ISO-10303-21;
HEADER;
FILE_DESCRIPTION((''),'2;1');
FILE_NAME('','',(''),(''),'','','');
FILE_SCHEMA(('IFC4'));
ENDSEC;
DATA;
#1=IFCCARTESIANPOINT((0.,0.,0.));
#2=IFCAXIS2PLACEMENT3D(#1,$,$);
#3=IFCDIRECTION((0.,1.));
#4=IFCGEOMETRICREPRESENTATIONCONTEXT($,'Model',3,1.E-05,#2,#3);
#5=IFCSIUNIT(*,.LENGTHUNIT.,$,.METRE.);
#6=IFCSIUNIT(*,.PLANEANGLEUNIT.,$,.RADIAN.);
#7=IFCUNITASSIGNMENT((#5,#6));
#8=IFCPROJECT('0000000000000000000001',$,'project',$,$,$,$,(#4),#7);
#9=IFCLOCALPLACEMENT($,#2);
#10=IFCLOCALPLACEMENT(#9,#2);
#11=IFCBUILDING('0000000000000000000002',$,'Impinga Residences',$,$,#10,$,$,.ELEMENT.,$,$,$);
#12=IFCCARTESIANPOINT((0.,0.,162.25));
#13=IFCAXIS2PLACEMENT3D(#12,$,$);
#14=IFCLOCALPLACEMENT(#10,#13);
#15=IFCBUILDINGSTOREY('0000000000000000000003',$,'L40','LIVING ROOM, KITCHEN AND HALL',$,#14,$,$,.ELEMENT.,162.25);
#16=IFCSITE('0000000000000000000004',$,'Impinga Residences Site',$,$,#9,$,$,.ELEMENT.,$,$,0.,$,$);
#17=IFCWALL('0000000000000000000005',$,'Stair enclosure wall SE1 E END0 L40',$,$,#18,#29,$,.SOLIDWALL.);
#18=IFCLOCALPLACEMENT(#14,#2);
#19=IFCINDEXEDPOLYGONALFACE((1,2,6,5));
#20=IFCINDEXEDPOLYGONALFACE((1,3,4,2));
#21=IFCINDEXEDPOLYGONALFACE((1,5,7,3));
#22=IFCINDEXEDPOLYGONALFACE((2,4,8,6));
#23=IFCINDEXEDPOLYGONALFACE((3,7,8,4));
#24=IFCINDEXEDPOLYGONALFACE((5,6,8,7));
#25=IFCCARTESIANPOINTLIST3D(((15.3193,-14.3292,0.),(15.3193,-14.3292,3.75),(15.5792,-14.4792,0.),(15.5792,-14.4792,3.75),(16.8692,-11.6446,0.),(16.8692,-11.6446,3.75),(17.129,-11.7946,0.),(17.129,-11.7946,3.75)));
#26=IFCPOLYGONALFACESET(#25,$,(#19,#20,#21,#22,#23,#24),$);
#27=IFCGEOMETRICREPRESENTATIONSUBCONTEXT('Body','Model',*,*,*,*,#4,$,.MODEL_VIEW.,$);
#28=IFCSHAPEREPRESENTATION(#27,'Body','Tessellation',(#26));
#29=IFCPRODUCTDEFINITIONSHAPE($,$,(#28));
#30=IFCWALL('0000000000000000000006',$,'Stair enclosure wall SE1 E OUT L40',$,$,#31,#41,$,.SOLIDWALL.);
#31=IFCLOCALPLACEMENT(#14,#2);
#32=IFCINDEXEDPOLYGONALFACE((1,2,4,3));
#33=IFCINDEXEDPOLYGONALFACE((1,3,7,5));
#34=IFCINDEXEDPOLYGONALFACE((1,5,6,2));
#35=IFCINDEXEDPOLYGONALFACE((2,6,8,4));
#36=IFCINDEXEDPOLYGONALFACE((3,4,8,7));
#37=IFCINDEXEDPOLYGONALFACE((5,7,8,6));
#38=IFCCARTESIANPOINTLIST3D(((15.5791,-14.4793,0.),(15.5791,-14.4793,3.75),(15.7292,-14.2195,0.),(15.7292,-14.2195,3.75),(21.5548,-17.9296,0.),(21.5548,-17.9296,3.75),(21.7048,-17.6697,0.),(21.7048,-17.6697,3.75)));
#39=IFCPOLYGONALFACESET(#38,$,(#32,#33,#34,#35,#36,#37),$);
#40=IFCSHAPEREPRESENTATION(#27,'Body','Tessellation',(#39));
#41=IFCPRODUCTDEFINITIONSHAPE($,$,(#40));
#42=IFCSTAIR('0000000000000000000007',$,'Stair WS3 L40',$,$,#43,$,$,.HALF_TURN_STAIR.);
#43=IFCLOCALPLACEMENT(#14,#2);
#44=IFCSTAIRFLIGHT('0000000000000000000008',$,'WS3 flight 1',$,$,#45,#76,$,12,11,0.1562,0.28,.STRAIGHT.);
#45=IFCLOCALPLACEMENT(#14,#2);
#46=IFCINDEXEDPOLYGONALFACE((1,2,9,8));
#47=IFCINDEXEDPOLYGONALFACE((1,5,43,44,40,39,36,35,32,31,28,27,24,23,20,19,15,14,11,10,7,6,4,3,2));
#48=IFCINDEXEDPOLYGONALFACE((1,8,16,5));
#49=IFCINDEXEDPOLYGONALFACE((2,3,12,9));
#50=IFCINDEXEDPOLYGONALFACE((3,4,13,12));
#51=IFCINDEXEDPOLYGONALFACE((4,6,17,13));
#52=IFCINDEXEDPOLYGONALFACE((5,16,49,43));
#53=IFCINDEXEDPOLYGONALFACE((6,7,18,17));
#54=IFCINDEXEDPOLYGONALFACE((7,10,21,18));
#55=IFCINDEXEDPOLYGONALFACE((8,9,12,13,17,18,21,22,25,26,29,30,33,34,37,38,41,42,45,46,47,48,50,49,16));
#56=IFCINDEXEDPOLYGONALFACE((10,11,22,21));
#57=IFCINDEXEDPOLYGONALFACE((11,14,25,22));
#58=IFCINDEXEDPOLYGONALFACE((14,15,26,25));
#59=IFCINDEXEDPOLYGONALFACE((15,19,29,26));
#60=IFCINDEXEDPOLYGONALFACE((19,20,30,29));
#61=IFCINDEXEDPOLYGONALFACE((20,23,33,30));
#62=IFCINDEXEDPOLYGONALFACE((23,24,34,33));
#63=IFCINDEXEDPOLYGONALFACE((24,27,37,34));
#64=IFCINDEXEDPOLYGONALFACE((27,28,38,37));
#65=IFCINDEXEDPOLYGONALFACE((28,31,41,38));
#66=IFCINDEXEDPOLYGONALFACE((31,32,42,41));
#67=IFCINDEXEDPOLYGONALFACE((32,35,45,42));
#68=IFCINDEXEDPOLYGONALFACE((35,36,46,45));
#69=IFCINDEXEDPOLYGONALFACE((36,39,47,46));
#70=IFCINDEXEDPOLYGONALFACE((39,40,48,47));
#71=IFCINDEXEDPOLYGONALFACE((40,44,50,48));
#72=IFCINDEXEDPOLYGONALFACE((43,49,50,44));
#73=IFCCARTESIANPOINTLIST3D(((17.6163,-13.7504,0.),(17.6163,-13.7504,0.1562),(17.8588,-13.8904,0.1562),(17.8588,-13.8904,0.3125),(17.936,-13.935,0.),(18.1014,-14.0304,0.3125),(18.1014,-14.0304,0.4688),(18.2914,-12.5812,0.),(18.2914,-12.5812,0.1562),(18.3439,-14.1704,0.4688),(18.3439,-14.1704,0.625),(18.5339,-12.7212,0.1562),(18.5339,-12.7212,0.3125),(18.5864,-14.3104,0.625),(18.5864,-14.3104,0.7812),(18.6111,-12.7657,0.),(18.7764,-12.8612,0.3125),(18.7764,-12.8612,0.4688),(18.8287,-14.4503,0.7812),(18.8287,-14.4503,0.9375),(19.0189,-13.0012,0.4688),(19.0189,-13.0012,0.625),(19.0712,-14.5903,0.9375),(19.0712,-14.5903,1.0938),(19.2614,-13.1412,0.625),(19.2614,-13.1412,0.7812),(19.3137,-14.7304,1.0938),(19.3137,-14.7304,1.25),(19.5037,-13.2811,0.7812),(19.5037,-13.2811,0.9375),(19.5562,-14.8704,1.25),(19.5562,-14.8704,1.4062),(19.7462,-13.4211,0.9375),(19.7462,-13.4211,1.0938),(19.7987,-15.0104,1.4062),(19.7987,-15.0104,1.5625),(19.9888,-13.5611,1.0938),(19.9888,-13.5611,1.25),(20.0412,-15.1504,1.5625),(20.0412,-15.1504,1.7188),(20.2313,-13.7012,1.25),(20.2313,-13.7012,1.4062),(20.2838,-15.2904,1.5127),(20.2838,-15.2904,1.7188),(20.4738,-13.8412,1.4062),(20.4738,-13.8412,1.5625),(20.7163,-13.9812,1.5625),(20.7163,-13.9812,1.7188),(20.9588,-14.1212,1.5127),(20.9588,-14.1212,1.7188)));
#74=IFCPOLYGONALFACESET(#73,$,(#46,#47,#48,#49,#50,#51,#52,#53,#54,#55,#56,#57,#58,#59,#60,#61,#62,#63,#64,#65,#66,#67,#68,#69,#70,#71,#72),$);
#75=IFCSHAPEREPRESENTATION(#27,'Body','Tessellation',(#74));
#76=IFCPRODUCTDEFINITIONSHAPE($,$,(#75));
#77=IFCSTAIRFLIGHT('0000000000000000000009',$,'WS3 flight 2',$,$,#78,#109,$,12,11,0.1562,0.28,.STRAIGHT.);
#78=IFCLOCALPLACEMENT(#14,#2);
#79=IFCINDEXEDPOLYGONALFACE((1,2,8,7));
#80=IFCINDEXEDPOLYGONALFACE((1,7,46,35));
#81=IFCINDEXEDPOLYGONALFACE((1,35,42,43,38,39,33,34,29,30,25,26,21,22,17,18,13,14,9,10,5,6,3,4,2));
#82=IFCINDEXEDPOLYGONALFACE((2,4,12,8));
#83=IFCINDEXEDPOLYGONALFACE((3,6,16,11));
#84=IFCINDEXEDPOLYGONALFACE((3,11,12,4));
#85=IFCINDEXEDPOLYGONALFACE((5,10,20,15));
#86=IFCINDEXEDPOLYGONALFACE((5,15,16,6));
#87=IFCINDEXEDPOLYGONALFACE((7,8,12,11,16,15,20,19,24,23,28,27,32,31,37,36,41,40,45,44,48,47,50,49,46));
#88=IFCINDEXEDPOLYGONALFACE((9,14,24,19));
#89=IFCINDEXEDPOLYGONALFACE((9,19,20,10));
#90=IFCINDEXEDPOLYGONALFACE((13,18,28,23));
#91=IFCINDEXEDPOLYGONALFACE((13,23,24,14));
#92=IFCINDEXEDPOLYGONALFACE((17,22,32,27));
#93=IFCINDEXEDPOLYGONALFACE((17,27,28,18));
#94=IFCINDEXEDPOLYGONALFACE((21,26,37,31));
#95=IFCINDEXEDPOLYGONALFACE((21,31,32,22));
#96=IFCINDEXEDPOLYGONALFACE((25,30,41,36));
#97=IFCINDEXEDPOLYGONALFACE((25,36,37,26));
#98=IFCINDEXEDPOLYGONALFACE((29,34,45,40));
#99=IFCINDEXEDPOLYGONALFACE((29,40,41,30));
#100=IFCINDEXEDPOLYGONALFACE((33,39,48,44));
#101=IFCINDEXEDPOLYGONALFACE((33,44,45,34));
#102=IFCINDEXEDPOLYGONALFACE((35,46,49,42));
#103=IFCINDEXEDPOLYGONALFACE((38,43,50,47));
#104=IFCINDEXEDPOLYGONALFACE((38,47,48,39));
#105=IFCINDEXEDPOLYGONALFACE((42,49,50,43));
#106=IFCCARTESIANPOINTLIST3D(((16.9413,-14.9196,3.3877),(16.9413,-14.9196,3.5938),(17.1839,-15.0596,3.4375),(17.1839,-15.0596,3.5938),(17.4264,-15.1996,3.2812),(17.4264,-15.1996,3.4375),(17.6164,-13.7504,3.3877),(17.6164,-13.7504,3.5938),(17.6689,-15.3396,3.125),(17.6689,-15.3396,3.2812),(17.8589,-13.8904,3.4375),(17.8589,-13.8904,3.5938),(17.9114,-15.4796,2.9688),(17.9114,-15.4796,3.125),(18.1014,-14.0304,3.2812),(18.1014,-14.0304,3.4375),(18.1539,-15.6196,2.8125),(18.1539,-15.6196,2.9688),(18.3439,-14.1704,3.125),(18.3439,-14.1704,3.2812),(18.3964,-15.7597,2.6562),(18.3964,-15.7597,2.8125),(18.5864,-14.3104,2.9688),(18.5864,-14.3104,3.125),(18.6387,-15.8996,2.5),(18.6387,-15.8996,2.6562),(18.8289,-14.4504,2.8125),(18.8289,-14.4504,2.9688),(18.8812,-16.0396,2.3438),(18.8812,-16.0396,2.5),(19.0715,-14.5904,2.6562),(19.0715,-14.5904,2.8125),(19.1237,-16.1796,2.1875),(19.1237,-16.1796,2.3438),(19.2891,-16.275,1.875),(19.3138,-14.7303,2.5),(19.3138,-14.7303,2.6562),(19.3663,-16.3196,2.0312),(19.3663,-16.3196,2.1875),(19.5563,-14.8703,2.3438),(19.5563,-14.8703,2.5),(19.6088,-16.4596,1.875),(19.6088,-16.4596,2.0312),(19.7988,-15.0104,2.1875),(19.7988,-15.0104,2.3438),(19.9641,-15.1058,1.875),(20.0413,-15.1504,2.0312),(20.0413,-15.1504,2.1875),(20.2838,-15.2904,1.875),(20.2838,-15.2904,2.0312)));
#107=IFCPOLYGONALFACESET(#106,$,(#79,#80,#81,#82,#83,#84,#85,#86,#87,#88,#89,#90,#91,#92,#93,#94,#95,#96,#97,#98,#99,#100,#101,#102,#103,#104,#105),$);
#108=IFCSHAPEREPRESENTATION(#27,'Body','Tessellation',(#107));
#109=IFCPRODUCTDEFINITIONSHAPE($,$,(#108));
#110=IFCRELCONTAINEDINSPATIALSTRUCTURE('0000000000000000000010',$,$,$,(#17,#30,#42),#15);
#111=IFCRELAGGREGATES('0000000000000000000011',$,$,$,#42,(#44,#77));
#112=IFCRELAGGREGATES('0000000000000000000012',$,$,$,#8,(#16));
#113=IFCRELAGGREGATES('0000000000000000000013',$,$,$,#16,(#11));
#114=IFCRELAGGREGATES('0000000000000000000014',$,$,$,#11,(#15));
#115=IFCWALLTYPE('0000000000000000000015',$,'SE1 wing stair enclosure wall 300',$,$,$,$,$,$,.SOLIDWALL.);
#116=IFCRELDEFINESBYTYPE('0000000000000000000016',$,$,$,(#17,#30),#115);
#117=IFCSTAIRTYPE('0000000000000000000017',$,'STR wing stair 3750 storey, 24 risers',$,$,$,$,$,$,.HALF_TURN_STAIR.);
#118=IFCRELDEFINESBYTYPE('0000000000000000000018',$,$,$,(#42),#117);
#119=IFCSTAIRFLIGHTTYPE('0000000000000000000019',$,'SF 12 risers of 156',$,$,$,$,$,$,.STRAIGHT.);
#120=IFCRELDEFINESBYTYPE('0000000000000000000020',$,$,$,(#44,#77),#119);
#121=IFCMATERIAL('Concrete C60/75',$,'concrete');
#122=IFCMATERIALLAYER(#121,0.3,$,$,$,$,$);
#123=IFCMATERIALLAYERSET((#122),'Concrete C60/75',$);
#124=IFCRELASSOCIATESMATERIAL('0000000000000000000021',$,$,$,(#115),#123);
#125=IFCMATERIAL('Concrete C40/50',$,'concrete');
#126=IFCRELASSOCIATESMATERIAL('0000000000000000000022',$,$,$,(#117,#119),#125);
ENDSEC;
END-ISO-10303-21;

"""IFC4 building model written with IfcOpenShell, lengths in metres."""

from ifc_helpers import new_model, si_unit, direction, frame, frame_2d, origin, place, context, subcontext, project, spatial, polyline, rectangle, outline, extrude, material, layer, layer_set, type_object, element, aggregate, save


model = new_model("IFC4")

# Units and contexts
model_context = context("Model", 3, precision=1e-05, world=origin(), true_north=direction((0.0, 1.0)))
body_context = subcontext(model_context, "Body", "Model", "MODEL_VIEW")
ifc_project = project(units=[si_unit("LENGTHUNIT", "METRE"), si_unit("PLANEANGLEUNIT", "RADIAN")], contexts=[model_context])

# Site, building, storey
site_placement = place(None, origin())
site = spatial("IfcSite", under=ifc_project, at=site_placement, Name="Impinga Residences Site", CompositionType="ELEMENT", RefElevation=0.0)
building_placement = place(site_placement, origin())
building = spatial("IfcBuilding", under=site, at=building_placement, Name="Impinga Residences", CompositionType="ELEMENT")
storey_placement = place(building_placement, frame((0.0, 0.0, 162.25)))
storey = spatial("IfcBuildingStorey", under=building, at=storey_placement, Name="L40", Description="LIVING ROOM, KITCHEN AND HALL", CompositionType="ELEMENT", Elevation=162.25)

# Shared definitions
ifc_material_1 = material(Name="Concrete C60/75", Category="concrete")

# Walls
ifc_layer_1 = layer(ifc_material_1, 0.3)
ifc_layer_set_1 = layer_set([ifc_layer_1], Name="Concrete C60/75")
wall_type_1 = type_object("IfcWallType", Name="SE1 wing stair enclosure wall 300", PredefinedType="SOLIDWALL", material=ifc_layer_set_1)
wall_1_placement = place(storey_placement, frame((16.999, -11.7197, 0.0), z_axis=(0.0, 0.0, 1.0), x_axis=(-0.499968, -0.866044, 0.0)))
element("IfcWall", 1, at=wall_1_placement, inside=storey, type_object=wall_type_1, Name="Stair enclosure wall SE1 E END0 L40", PredefinedType="SOLIDWALL", context=body_context, shape_type="SweptSolid", body=[
    extrude(rectangle(XDim=3.0999, YDim=0.3, at=frame_2d((1.5498, 0.0))), origin(), (0.0, 0.0, 1.0), 3.75),
])
wall_2_placement = place(storey_placement, frame((15.6541, -14.3494, 0.0), z_axis=(0.0, 0.0, 1.0), x_axis=(0.866014, -0.500021, 0.0)))
element("IfcWall", 2, at=wall_2_placement, inside=storey, type_object=wall_type_1, Name="Stair enclosure wall SE1 E OUT L40", PredefinedType="SOLIDWALL", context=body_context, shape_type="SweptSolid", body=[
    extrude(rectangle(XDim=6.9001, YDim=0.3, at=frame_2d((3.4502, 0.0))), origin(), (0.0, 0.0, 1.0), 3.75),
])

# Stair, stair flights
ifc_material_2 = material(Name="Concrete C40/50", Category="concrete")
stair_type = type_object("IfcStairType", Name="STR wing stair 3750 storey, 24 risers", PredefinedType="HALF_TURN_STAIR", material=ifc_material_2)
stair_placement = place(storey_placement, origin())
stair = element("IfcStair", 3, at=stair_placement, inside=storey, type_object=stair_type, Name="Stair WS3 L40", PredefinedType="HALF_TURN_STAIR")
stair_flight_type = type_object("IfcStairFlightType", Name="SF 12 risers of 156", PredefinedType="STRAIGHT", material=ifc_material_2)
stair_flight_1_placement = place(storey_placement, frame((17.9539, -13.1658, 0.0), z_axis=(0.0, 0.0, 1.0), x_axis=(0.866025, -0.5, 0.0)))
stair_flight_1 = element("IfcStairFlight", 4, at=stair_flight_1_placement, type_object=stair_flight_type, Name="WS3 flight 1", NumberOfRisers=12, NumberOfTreads=11, PredefinedType="STRAIGHT", RiserHeight=0.1562, TreadLength=0.28, context=body_context, shape_type="SweptSolid", body=[
    extrude(outline(polyline([(0.0, 0.0), (0.0, 0.1562), (0.28, 0.1562), (0.28, 0.3125), (0.5601, 0.3125), (0.5601, 0.4688), (0.8401, 0.4688), (0.8401, 0.625), (1.1201, 0.625), (1.1201, 0.7812), (1.3999, 0.7812), (1.3999, 0.9375), (1.6799, 0.9375), (1.6799, 1.0938), (1.96, 1.0938), (1.96, 1.25), (2.24, 1.25), (2.24, 1.4062), (2.52, 1.4062), (2.52, 1.5625), (2.8, 1.5625), (2.8, 1.7188), (3.0801, 1.7188), (3.0801, 1.875), (3.0801, 1.5127), (0.3691, 0.0), (0.0, 0.0)])), frame((0.0, 0.675, 0.0), z_axis=(0.0, -1.0, 0.0), x_axis=(1.0, 0.0, 0.0)), (0.0, 0.0, 1.0), 1.3501),
])
stair_flight_2_placement = place(storey_placement, frame((19.9463, -15.875, 1.875), z_axis=(0.0, 0.0, 1.0), x_axis=(-0.866025, 0.5, 0.0)))
stair_flight_2 = element("IfcStairFlight", 5, at=stair_flight_2_placement, type_object=stair_flight_type, Name="WS3 flight 2", NumberOfRisers=12, NumberOfTreads=11, PredefinedType="STRAIGHT", RiserHeight=0.1562, TreadLength=0.28, context=body_context, shape_type="SweptSolid", body=[
    extrude(outline(polyline([(0.0, 0.0), (0.0, 0.1562), (0.28, 0.1562), (0.28, 0.3125), (0.5601, 0.3125), (0.5601, 0.4688), (0.8401, 0.4688), (0.8401, 0.625), (1.1201, 0.625), (1.1201, 0.7812), (1.3999, 0.7812), (1.3999, 0.9375), (1.6799, 0.9375), (1.6799, 1.0938), (1.96, 1.0938), (1.96, 1.25), (2.24, 1.25), (2.24, 1.4062), (2.52, 1.4062), (2.52, 1.5625), (2.8, 1.5625), (2.8, 1.7188), (3.0801, 1.7188), (3.0801, 1.875), (3.0801, 1.5127), (0.3691, 0.0), (0.0, 0.0)])), frame((0.0, 0.675, 0.0), z_axis=(0.0, -1.0, 0.0), x_axis=(1.0, 0.0, 0.0)), (0.0, 0.0, 1.0), 1.3501),
])
aggregate(stair, [stair_flight_1, stair_flight_2])

save(model, "model.ifc")
